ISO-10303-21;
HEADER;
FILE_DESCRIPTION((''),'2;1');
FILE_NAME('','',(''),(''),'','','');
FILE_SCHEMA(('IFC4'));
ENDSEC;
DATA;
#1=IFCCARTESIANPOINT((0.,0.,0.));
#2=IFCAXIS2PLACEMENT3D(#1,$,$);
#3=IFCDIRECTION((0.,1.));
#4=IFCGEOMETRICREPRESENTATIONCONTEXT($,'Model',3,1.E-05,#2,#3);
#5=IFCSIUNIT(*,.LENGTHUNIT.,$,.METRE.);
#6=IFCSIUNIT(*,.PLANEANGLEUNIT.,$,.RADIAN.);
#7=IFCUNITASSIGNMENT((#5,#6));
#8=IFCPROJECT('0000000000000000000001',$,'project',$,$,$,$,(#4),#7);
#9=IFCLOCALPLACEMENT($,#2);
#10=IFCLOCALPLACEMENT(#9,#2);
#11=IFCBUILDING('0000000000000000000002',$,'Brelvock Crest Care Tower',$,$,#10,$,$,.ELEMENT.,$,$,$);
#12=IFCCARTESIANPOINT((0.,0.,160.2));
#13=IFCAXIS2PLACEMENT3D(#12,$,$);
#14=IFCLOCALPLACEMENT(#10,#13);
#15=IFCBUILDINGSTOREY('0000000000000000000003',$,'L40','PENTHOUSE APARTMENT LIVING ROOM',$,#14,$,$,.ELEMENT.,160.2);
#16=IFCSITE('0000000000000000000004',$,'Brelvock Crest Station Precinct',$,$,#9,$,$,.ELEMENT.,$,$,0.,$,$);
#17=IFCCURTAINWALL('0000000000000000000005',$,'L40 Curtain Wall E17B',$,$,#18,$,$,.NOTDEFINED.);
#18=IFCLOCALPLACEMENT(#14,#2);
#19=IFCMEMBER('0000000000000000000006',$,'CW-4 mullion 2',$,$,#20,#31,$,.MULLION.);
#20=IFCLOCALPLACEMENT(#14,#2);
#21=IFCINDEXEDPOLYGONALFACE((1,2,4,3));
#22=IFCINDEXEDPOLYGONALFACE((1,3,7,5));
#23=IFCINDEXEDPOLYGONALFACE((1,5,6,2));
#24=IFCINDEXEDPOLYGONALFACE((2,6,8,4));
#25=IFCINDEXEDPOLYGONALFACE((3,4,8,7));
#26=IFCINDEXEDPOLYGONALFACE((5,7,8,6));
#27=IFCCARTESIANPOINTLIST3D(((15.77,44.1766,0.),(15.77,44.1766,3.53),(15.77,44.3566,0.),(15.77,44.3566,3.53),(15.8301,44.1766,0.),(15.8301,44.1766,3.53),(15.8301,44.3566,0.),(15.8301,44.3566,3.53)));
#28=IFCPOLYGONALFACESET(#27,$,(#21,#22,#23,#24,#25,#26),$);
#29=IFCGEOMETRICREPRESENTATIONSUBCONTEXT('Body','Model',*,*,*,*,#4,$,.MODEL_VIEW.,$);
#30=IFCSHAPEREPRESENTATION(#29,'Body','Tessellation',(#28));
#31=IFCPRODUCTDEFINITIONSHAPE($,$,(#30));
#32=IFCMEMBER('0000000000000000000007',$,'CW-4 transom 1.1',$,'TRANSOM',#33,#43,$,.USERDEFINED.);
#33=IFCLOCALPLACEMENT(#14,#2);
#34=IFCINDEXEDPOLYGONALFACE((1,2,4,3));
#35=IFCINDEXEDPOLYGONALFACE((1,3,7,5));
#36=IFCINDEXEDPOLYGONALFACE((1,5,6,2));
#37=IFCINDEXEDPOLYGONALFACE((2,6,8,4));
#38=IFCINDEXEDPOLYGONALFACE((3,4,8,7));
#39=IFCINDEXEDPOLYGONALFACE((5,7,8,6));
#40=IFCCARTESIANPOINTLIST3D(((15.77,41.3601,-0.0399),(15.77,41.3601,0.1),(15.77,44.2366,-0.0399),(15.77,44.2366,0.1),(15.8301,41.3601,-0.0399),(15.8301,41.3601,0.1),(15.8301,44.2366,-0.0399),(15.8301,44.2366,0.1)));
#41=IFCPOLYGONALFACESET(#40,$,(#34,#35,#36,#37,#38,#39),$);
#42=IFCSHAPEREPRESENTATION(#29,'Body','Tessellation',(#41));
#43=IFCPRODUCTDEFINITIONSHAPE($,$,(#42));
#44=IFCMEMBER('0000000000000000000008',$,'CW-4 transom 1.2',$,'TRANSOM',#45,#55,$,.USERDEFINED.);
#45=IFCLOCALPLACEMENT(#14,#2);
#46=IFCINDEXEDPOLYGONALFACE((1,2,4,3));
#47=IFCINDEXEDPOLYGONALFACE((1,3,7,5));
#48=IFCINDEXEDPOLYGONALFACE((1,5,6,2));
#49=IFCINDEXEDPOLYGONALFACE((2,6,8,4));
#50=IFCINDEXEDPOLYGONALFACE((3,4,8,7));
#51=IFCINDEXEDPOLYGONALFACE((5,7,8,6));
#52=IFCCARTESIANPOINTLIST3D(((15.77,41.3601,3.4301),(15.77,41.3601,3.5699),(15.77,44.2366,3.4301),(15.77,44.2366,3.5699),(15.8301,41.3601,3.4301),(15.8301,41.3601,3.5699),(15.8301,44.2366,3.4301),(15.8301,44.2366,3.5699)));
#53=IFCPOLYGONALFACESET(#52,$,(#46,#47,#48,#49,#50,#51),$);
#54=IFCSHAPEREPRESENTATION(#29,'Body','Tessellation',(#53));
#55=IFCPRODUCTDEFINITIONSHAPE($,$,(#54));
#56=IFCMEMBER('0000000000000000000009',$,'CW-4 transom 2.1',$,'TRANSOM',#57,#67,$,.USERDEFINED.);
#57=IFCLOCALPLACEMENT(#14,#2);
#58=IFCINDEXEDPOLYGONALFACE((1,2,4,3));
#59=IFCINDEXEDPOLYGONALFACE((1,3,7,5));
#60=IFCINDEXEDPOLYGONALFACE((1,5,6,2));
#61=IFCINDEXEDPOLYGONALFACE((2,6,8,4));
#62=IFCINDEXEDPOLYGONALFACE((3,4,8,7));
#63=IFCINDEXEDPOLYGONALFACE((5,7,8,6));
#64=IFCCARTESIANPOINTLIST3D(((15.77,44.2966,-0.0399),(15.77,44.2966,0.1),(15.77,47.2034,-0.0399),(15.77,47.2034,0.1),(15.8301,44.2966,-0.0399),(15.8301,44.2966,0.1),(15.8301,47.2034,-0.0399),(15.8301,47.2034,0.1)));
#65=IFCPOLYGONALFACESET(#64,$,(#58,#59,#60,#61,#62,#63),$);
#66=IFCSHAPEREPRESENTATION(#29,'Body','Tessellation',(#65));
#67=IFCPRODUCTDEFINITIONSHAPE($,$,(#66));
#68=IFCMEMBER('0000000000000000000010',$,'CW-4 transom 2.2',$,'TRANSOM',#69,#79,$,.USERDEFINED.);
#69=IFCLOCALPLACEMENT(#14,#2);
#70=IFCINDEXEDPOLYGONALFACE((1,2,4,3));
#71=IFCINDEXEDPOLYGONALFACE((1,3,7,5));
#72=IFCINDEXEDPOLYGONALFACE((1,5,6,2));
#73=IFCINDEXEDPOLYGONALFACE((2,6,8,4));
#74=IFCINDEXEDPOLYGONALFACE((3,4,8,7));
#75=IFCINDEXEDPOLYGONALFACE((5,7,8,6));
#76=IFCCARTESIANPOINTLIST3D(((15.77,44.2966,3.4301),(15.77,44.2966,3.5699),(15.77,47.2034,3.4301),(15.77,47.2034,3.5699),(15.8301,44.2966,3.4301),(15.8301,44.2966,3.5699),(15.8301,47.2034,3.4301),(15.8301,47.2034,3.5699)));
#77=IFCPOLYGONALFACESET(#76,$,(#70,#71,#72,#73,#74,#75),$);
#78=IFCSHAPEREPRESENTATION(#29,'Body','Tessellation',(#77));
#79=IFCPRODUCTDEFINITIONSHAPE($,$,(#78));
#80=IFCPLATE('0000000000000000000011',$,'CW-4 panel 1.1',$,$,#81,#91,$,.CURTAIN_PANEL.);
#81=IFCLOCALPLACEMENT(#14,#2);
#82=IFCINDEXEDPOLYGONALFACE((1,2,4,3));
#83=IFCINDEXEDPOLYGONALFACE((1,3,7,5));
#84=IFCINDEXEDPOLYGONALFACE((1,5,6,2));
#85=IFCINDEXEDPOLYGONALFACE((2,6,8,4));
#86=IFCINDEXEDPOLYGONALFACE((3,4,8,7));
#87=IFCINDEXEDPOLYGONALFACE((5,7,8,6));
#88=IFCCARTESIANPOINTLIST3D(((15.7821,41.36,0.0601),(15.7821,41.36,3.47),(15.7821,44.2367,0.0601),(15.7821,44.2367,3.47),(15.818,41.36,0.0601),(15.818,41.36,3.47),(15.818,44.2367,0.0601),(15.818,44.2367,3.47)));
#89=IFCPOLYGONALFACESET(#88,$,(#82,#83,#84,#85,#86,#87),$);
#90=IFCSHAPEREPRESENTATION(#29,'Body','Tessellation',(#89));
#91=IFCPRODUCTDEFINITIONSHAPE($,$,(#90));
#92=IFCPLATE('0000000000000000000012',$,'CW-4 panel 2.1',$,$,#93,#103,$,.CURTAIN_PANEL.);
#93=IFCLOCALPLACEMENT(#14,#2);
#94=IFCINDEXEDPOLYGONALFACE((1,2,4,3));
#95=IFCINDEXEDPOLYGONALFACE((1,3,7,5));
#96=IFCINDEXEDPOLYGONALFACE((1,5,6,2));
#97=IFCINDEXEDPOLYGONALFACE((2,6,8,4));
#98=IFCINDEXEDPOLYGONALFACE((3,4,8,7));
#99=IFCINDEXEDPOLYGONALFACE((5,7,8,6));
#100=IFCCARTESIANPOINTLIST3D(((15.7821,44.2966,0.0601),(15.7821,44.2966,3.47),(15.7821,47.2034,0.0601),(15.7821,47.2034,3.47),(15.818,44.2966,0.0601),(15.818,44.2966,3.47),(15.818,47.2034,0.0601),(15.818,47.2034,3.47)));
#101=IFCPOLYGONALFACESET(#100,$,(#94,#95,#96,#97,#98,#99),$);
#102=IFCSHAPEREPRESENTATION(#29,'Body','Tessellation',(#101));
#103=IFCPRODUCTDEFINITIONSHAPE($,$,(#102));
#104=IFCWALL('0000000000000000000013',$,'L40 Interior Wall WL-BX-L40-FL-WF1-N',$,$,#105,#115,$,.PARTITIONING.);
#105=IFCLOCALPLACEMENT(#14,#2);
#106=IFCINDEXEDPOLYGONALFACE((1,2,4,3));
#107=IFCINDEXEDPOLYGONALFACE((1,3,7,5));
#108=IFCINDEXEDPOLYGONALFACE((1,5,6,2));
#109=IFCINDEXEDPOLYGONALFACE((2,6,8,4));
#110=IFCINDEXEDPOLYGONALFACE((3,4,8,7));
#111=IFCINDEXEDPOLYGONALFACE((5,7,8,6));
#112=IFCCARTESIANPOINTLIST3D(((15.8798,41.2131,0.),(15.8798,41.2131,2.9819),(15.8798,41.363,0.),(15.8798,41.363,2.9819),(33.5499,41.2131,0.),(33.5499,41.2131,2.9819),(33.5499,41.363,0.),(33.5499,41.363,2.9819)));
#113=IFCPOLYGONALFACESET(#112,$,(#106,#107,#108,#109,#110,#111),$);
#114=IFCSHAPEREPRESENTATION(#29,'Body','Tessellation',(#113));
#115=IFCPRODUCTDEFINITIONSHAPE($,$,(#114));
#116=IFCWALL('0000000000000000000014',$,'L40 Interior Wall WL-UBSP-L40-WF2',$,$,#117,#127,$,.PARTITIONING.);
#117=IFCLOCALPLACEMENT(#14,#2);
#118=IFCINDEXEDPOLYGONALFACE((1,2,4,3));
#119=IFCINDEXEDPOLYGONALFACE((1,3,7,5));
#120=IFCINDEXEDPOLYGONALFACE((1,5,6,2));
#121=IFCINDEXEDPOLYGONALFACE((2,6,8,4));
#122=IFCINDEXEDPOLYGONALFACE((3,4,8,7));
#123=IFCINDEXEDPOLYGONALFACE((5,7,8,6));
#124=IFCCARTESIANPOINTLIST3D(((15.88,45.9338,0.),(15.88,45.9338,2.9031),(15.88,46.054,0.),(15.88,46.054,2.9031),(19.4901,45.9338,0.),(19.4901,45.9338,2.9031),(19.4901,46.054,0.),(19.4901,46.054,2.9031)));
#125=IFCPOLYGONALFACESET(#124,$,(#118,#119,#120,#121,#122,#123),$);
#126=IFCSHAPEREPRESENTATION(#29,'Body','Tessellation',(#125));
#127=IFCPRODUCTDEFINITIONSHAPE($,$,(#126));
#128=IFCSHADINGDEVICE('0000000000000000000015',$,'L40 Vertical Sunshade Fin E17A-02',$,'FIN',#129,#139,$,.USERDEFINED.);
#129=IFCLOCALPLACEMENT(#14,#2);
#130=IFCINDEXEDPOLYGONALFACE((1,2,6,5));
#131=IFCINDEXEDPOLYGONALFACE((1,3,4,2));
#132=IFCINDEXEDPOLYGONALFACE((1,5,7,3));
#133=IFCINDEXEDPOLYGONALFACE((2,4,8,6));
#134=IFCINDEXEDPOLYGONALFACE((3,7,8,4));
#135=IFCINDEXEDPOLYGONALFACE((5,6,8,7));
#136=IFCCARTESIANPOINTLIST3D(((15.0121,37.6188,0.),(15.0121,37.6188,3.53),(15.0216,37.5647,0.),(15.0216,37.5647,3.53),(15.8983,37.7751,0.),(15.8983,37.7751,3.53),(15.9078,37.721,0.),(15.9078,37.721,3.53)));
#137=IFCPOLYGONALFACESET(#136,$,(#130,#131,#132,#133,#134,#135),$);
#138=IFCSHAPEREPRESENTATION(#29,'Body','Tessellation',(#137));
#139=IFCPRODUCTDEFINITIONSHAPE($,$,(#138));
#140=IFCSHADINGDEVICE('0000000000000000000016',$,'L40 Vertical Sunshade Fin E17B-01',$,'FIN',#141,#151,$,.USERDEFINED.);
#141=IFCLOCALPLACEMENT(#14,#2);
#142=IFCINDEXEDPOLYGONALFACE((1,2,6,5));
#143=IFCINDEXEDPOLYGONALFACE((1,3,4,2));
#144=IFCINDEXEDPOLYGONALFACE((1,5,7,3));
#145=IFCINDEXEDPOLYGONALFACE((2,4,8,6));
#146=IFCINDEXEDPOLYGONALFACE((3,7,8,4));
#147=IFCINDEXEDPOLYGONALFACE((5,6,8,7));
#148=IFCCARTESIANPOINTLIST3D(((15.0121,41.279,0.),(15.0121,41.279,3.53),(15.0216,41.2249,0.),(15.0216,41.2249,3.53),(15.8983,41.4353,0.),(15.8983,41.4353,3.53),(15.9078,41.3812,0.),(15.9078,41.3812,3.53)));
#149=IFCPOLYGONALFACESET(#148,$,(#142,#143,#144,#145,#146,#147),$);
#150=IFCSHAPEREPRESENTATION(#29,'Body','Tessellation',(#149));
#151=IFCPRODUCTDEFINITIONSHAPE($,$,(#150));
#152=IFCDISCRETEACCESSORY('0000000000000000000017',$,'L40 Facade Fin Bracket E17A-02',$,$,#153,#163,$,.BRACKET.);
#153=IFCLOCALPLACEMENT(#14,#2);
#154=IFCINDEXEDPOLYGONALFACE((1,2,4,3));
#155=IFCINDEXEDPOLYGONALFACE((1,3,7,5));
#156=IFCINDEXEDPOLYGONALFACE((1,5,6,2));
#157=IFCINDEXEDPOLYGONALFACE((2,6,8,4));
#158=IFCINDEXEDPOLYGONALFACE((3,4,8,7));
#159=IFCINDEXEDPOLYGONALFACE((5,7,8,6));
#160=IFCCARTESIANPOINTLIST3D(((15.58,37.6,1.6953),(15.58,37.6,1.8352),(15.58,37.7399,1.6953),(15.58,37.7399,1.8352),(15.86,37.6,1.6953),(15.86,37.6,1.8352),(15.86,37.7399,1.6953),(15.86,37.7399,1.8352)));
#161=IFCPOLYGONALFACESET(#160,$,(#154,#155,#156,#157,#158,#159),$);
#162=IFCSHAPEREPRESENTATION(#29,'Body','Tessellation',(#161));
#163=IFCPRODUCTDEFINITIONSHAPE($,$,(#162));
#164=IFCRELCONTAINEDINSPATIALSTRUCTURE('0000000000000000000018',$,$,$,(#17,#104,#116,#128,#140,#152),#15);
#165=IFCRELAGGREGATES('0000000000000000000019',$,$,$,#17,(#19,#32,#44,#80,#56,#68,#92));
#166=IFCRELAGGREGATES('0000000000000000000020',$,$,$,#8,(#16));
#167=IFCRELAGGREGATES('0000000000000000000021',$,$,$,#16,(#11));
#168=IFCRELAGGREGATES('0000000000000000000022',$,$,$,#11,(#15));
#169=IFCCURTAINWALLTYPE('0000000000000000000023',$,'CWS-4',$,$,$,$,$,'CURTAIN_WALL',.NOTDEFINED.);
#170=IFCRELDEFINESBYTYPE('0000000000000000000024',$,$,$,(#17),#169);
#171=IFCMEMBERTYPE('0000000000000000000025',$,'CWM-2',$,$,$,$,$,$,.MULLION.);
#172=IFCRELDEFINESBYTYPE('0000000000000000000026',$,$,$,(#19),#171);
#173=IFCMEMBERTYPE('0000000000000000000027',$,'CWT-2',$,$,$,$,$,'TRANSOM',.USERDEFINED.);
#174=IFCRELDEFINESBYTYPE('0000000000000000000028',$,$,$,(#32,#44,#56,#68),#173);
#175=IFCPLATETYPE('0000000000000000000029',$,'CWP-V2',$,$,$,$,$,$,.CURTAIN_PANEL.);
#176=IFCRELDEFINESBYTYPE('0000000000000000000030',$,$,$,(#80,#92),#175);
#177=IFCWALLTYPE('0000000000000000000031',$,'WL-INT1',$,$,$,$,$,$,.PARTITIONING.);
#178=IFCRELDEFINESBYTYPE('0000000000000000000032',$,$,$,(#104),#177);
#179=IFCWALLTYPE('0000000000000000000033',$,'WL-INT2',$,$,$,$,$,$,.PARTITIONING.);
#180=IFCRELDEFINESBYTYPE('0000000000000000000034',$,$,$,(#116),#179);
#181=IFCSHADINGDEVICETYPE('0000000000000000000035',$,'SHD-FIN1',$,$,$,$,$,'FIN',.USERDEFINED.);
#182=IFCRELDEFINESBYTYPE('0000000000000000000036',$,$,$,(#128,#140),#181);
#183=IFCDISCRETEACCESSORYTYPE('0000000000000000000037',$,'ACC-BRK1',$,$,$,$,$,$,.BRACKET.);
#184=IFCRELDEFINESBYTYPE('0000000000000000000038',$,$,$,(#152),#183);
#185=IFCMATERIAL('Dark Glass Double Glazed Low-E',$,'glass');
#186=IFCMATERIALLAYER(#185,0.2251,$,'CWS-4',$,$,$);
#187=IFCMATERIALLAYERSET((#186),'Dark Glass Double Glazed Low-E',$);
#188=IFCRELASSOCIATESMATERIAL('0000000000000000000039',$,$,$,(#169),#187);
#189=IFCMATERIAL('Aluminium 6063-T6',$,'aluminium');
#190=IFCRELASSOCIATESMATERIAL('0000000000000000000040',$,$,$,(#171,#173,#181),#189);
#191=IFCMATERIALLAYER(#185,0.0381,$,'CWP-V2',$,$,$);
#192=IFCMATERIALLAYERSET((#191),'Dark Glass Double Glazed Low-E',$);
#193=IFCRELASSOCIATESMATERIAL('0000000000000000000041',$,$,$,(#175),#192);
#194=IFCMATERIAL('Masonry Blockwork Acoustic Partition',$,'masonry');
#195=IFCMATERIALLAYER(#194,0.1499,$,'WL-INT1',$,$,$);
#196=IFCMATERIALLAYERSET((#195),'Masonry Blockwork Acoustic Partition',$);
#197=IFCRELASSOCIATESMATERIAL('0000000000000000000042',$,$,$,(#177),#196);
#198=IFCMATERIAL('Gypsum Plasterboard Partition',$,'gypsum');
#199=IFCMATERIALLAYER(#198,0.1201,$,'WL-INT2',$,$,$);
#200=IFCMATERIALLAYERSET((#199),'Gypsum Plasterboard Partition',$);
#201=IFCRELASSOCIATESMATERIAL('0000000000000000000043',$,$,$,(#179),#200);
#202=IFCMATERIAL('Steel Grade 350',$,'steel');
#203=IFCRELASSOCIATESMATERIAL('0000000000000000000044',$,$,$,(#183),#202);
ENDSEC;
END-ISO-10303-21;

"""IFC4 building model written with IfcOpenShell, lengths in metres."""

from ifc_helpers import new_model, si_unit, direction, frame, frame_2d, origin, origin_2d, place, context, subcontext, project, spatial, rectangle, extrude, source, transform, mapped, material, layer, layer_set, material_profile, profile_set, type_object, element, aggregate, save


model = new_model("IFC4")

# Units and contexts
model_context = context("Model", 3, precision=1e-05, world=origin(), true_north=direction((0.0, 1.0)))
body_context = subcontext(model_context, "Body", "Model", "MODEL_VIEW")
ifc_project = project(units=[si_unit("LENGTHUNIT", "METRE"), si_unit("PLANEANGLEUNIT", "RADIAN")], contexts=[model_context])

# Site, building, storey
site_placement = place(None, origin())
site = spatial("IfcSite", under=ifc_project, at=site_placement, Name="Brelvock Crest Station Precinct", CompositionType="ELEMENT", RefElevation=0.0)
building_placement = place(site_placement, origin())
building = spatial("IfcBuilding", under=site, at=building_placement, Name="Brelvock Crest Care Tower", CompositionType="ELEMENT")
storey_placement = place(building_placement, frame((0.0, 0.0, 160.2)))
storey = spatial("IfcBuildingStorey", under=building, at=storey_placement, Name="L40", Description="PENTHOUSE APARTMENT LIVING ROOM", CompositionType="ELEMENT", Elevation=160.2)

# Shared definitions
ifc_material_1 = material(Name="Steel Grade 350", Category="steel")

# Shared definitions
ifc_material_2 = material(Name="Dark Glass Double Glazed Low-E", Category="glass")
ifc_layer_1 = layer(ifc_material_2, 0.2251, Name="CWS-4")
ifc_layer_set_1 = layer_set([ifc_layer_1], Name="Dark Glass Double Glazed Low-E")
curtain_wall_type = type_object("IfcCurtainWallType", Name="CWS-4", ElementType="CURTAIN_WALL", PredefinedType="NOTDEFINED", material=ifc_layer_set_1)
ifc_material_3 = material(Name="Aluminium 6063-T6", Category="aluminium")
ifc_material_profile_1 = material_profile(ifc_material_3, rectangle(XDim=0.0601, YDim=0.1799, at=origin_2d()), Name="ALU60x180")
ifc_profile_set_1 = profile_set([ifc_material_profile_1], Name="Aluminium 6063-T6")
member_type_1 = type_object("IfcMemberType", Name="CWM-2", PredefinedType="MULLION", material=ifc_profile_set_1)
shared_shape_1 = source(origin(), body_context, "Body", "SweptSolid", [
    extrude(rectangle(XDim=0.0601, YDim=0.1799, at=origin_2d()), origin(), (0.0, 0.0, 1.0), 3.53),
])

# Curtain wall, members, plates
curtain_wall_1_placement = place(storey_placement, origin())
curtain_wall_1 = element("IfcCurtainWall", 1, at=curtain_wall_1_placement, inside=storey, type_object=curtain_wall_type, Name="L40 Curtain Wall E17B", PredefinedType="NOTDEFINED")
member_1_placement = place(storey_placement, frame((15.8, 44.2666, 0.0), z_axis=(0.0, 0.0, 1.0), x_axis=(-1.0, 0.0, 0.0)))
member_1 = element("IfcMember", 2, at=member_1_placement, type_object=member_type_1, Name="CW-4 mullion 2", PredefinedType="MULLION", context=body_context, shape_type="MappedRepresentation", body=[
    mapped(shared_shape_1, transform((0.0, 0.0, 0.0), x_axis=(1.0, 0.0, 0.0), y_axis=(0.0, 1.0, 0.0), z_axis=(0.0, 0.0, 1.0), scale=1.0)),
])
ifc_material_profile_2 = material_profile(ifc_material_3, rectangle(XDim=0.0601, YDim=0.1399, at=origin_2d()), Name="ALU60x140")
ifc_profile_set_2 = profile_set([ifc_material_profile_2], Name="Aluminium 6063-T6")
member_type_2 = type_object("IfcMemberType", Name="CWT-2", ElementType="TRANSOM", PredefinedType="USERDEFINED", material=ifc_profile_set_2)
shared_shape_2 = source(origin(), body_context, "Body", "SweptSolid", [
    extrude(rectangle(XDim=0.0601, YDim=0.1399, at=origin_2d()), origin(), (0.0, 0.0, 1.0), 2.8765),
])
member_2_placement = place(storey_placement, frame((15.8, 41.3601, 0.03), z_axis=(0.0, 1.0, 0.0), x_axis=(-1.0, 0.0, 0.0)))
member_2 = element("IfcMember", 3, at=member_2_placement, type_object=member_type_2, Name="CW-4 transom 1.1", ObjectType="TRANSOM", PredefinedType="USERDEFINED", context=body_context, shape_type="MappedRepresentation", body=[
    mapped(shared_shape_2, transform((0.0, 0.0, 0.0), x_axis=(1.0, 0.0, 0.0), y_axis=(0.0, 1.0, 0.0), z_axis=(0.0, 0.0, 1.0), scale=1.0)),
])
member_3_placement = place(storey_placement, frame((15.8, 41.3601, 3.5), z_axis=(0.0, 1.0, 0.0), x_axis=(-1.0, 0.0, 0.0)))
member_3 = element("IfcMember", 4, at=member_3_placement, type_object=member_type_2, Name="CW-4 transom 1.2", ObjectType="TRANSOM", PredefinedType="USERDEFINED", context=body_context, shape_type="MappedRepresentation", body=[
    mapped(shared_shape_2, transform((0.0, 0.0, 0.0), x_axis=(1.0, 0.0, 0.0), y_axis=(0.0, 1.0, 0.0), z_axis=(0.0, 0.0, 1.0), scale=1.0)),
])
shared_shape_3 = source(origin(), body_context, "Body", "SweptSolid", [
    extrude(rectangle(XDim=0.0601, YDim=0.1399, at=origin_2d()), origin(), (0.0, 0.0, 1.0), 2.9067),
])
member_4_placement = place(storey_placement, frame((15.8, 44.2966, 0.03), z_axis=(0.0, 1.0, 0.0), x_axis=(-1.0, 0.0, 0.0)))
member_4 = element("IfcMember", 5, at=member_4_placement, type_object=member_type_2, Name="CW-4 transom 2.1", ObjectType="TRANSOM", PredefinedType="USERDEFINED", context=body_context, shape_type="MappedRepresentation", body=[
    mapped(shared_shape_3, transform((0.0, 0.0, 0.0), x_axis=(1.0, 0.0, 0.0), y_axis=(0.0, 1.0, 0.0), z_axis=(0.0, 0.0, 1.0), scale=1.0)),
])
member_5_placement = place(storey_placement, frame((15.8, 44.2966, 3.5), z_axis=(0.0, 1.0, 0.0), x_axis=(-1.0, 0.0, 0.0)))
member_5 = element("IfcMember", 6, at=member_5_placement, type_object=member_type_2, Name="CW-4 transom 2.2", ObjectType="TRANSOM", PredefinedType="USERDEFINED", context=body_context, shape_type="MappedRepresentation", body=[
    mapped(shared_shape_3, transform((0.0, 0.0, 0.0), x_axis=(1.0, 0.0, 0.0), y_axis=(0.0, 1.0, 0.0), z_axis=(0.0, 0.0, 1.0), scale=1.0)),
])
ifc_layer_2 = layer(ifc_material_2, 0.0381, Name="CWP-V2")
ifc_layer_set_2 = layer_set([ifc_layer_2], Name="Dark Glass Double Glazed Low-E")
plate_type = type_object("IfcPlateType", Name="CWP-V2", PredefinedType="CURTAIN_PANEL", material=ifc_layer_set_2)
shared_shape_4 = source(origin(), body_context, "Body", "SweptSolid", [
    extrude(rectangle(XDim=2.8767, YDim=0.0359, at=origin_2d()), origin(), (0.0, 0.0, 1.0), 3.4099),
])
plate_1_placement = place(storey_placement, frame((15.8, 42.7983, 0.0601), z_axis=(0.0, 0.0, 1.0), x_axis=(0.0, 1.0, 0.0)))
plate_1 = element("IfcPlate", 7, at=plate_1_placement, type_object=plate_type, Name="CW-4 panel 1.1", PredefinedType="CURTAIN_PANEL", context=body_context, shape_type="MappedRepresentation", body=[
    mapped(shared_shape_4, transform((0.0, 0.0, 0.0), x_axis=(1.0, 0.0, 0.0), y_axis=(0.0, 1.0, 0.0), z_axis=(0.0, 0.0, 1.0), scale=1.0)),
])
shared_shape_5 = source(origin(), body_context, "Body", "SweptSolid", [
    extrude(rectangle(XDim=2.9067, YDim=0.0359, at=origin_2d()), origin(), (0.0, 0.0, 1.0), 3.4099),
])
plate_2_placement = place(storey_placement, frame((15.8, 45.75, 0.0601), z_axis=(0.0, 0.0, 1.0), x_axis=(0.0, 1.0, 0.0)))
plate_2 = element("IfcPlate", 8, at=plate_2_placement, type_object=plate_type, Name="CW-4 panel 2.1", PredefinedType="CURTAIN_PANEL", context=body_context, shape_type="MappedRepresentation", body=[
    mapped(shared_shape_5, transform((0.0, 0.0, 0.0), x_axis=(1.0, 0.0, 0.0), y_axis=(0.0, 1.0, 0.0), z_axis=(0.0, 0.0, 1.0), scale=1.0)),
])
aggregate(curtain_wall_1, [member_1, member_2, member_3, plate_1, member_4, member_5, plate_2])

# Walls
ifc_material_4 = material(Name="Masonry Blockwork Acoustic Partition", Category="masonry")
ifc_layer_3 = layer(ifc_material_4, 0.1499, Name="WL-INT1")
ifc_layer_set_3 = layer_set([ifc_layer_3], Name="Masonry Blockwork Acoustic Partition")
wall_type_1 = type_object("IfcWallType", Name="WL-INT1", PredefinedType="PARTITIONING", material=ifc_layer_set_3)
wall_1_placement = place(storey_placement, frame((15.8799, 41.2881, 0.0), z_axis=(0.0, 0.0, 1.0), x_axis=(1.0, 0.0, 0.0)))
element("IfcWall", 9, at=wall_1_placement, inside=storey, type_object=wall_type_1, Name="L40 Interior Wall WL-BX-L40-FL-WF1-N", PredefinedType="PARTITIONING", context=body_context, shape_type="SweptSolid", body=[
    extrude(rectangle(XDim=17.6702, YDim=0.1499, at=frame_2d((8.835, 0.0))), origin(), (0.0, 0.0, 1.0), 2.9819),
])
ifc_material_5 = material(Name="Gypsum Plasterboard Partition", Category="gypsum")
ifc_layer_4 = layer(ifc_material_5, 0.1201, Name="WL-INT2")
ifc_layer_set_4 = layer_set([ifc_layer_4], Name="Gypsum Plasterboard Partition")
wall_type_2 = type_object("IfcWallType", Name="WL-INT2", PredefinedType="PARTITIONING", material=ifc_layer_set_4)
wall_2_placement = place(storey_placement, frame((15.8799, 45.9939, 0.0), z_axis=(0.0, 0.0, 1.0), x_axis=(1.0, 0.0, 0.0)))
element("IfcWall", 10, at=wall_2_placement, inside=storey, type_object=wall_type_2, Name="L40 Interior Wall WL-UBSP-L40-WF2", PredefinedType="PARTITIONING", context=body_context, shape_type="SweptSolid", body=[
    extrude(rectangle(XDim=3.6101, YDim=0.1201, at=frame_2d((1.8052, 0.0))), origin(), (0.0, 0.0, 1.0), 2.9031),
])

# Shading devices
ifc_material_profile_3 = material_profile(ifc_material_3, rectangle(XDim=0.0549, YDim=0.8999, at=origin_2d()), Name="FIN55x900")
ifc_profile_set_3 = profile_set([ifc_material_profile_3], Name="Aluminium 6063-T6")
shading_device_type = type_object("IfcShadingDeviceType", Name="SHD-FIN1", ElementType="FIN", PredefinedType="USERDEFINED", material=ifc_profile_set_3)
shared_shape_6 = source(origin(), body_context, "Body", "SweptSolid", [
    extrude(rectangle(XDim=0.0549, YDim=0.8999, at=origin_2d()), origin(), (0.0, 0.0, 1.0), 3.53),
])
for number, where, z_axis, x_axis, name in (
    (11, (15.46, 37.6699, 0.0), (0.0, 0.0, 1.0), (-0.173648, 0.984808, 0.0), "L40 Vertical Sunshade Fin E17A-02"),
    (12, (15.46, 41.3301, 0.0), (0.0, 0.0, 1.0), (-0.173648, 0.984808, 0.0), "L40 Vertical Sunshade Fin E17B-01"),
):
    element("IfcShadingDevice", number, at=place(storey_placement, frame(where, z_axis=z_axis, x_axis=x_axis)), inside=storey, type_object=shading_device_type, Name=name, ObjectType="FIN", PredefinedType="USERDEFINED", context=body_context, shape_type="MappedRepresentation", body=[
        mapped(shared_shape_6, transform((0.0, 0.0, 0.0), x_axis=(1.0, 0.0, 0.0), y_axis=(0.0, 1.0, 0.0), z_axis=(0.0, 0.0, 1.0), scale=1.0)),
    ])

# Discrete accessory
discrete_accessory_type = type_object("IfcDiscreteAccessoryType", Name="ACC-BRK1", PredefinedType="BRACKET", material=ifc_material_1)
shared_shape_7 = source(origin(), body_context, "Body", "SweptSolid", [
    extrude(rectangle(XDim=0.28, YDim=0.1399, at=origin_2d()), origin(), (0.0, 0.0, 1.0), 0.1399),
])
for number, where, z_axis, x_axis, name in (
    (13, (15.72, 37.6699, 1.6953), (0.0, 0.0, 1.0), (-1.0, 0.0, 0.0), "L40 Facade Fin Bracket E17A-02"),
):
    element("IfcDiscreteAccessory", number, at=place(storey_placement, frame(where, z_axis=z_axis, x_axis=x_axis)), inside=storey, type_object=discrete_accessory_type, Name=name, PredefinedType="BRACKET", context=body_context, shape_type="MappedRepresentation", body=[
        mapped(shared_shape_7, transform((0.0, 0.0, 0.0), x_axis=(1.0, 0.0, 0.0), y_axis=(0.0, 1.0, 0.0), z_axis=(0.0, 0.0, 1.0), scale=1.0)),
    ])

save(model, "model.ifc")
